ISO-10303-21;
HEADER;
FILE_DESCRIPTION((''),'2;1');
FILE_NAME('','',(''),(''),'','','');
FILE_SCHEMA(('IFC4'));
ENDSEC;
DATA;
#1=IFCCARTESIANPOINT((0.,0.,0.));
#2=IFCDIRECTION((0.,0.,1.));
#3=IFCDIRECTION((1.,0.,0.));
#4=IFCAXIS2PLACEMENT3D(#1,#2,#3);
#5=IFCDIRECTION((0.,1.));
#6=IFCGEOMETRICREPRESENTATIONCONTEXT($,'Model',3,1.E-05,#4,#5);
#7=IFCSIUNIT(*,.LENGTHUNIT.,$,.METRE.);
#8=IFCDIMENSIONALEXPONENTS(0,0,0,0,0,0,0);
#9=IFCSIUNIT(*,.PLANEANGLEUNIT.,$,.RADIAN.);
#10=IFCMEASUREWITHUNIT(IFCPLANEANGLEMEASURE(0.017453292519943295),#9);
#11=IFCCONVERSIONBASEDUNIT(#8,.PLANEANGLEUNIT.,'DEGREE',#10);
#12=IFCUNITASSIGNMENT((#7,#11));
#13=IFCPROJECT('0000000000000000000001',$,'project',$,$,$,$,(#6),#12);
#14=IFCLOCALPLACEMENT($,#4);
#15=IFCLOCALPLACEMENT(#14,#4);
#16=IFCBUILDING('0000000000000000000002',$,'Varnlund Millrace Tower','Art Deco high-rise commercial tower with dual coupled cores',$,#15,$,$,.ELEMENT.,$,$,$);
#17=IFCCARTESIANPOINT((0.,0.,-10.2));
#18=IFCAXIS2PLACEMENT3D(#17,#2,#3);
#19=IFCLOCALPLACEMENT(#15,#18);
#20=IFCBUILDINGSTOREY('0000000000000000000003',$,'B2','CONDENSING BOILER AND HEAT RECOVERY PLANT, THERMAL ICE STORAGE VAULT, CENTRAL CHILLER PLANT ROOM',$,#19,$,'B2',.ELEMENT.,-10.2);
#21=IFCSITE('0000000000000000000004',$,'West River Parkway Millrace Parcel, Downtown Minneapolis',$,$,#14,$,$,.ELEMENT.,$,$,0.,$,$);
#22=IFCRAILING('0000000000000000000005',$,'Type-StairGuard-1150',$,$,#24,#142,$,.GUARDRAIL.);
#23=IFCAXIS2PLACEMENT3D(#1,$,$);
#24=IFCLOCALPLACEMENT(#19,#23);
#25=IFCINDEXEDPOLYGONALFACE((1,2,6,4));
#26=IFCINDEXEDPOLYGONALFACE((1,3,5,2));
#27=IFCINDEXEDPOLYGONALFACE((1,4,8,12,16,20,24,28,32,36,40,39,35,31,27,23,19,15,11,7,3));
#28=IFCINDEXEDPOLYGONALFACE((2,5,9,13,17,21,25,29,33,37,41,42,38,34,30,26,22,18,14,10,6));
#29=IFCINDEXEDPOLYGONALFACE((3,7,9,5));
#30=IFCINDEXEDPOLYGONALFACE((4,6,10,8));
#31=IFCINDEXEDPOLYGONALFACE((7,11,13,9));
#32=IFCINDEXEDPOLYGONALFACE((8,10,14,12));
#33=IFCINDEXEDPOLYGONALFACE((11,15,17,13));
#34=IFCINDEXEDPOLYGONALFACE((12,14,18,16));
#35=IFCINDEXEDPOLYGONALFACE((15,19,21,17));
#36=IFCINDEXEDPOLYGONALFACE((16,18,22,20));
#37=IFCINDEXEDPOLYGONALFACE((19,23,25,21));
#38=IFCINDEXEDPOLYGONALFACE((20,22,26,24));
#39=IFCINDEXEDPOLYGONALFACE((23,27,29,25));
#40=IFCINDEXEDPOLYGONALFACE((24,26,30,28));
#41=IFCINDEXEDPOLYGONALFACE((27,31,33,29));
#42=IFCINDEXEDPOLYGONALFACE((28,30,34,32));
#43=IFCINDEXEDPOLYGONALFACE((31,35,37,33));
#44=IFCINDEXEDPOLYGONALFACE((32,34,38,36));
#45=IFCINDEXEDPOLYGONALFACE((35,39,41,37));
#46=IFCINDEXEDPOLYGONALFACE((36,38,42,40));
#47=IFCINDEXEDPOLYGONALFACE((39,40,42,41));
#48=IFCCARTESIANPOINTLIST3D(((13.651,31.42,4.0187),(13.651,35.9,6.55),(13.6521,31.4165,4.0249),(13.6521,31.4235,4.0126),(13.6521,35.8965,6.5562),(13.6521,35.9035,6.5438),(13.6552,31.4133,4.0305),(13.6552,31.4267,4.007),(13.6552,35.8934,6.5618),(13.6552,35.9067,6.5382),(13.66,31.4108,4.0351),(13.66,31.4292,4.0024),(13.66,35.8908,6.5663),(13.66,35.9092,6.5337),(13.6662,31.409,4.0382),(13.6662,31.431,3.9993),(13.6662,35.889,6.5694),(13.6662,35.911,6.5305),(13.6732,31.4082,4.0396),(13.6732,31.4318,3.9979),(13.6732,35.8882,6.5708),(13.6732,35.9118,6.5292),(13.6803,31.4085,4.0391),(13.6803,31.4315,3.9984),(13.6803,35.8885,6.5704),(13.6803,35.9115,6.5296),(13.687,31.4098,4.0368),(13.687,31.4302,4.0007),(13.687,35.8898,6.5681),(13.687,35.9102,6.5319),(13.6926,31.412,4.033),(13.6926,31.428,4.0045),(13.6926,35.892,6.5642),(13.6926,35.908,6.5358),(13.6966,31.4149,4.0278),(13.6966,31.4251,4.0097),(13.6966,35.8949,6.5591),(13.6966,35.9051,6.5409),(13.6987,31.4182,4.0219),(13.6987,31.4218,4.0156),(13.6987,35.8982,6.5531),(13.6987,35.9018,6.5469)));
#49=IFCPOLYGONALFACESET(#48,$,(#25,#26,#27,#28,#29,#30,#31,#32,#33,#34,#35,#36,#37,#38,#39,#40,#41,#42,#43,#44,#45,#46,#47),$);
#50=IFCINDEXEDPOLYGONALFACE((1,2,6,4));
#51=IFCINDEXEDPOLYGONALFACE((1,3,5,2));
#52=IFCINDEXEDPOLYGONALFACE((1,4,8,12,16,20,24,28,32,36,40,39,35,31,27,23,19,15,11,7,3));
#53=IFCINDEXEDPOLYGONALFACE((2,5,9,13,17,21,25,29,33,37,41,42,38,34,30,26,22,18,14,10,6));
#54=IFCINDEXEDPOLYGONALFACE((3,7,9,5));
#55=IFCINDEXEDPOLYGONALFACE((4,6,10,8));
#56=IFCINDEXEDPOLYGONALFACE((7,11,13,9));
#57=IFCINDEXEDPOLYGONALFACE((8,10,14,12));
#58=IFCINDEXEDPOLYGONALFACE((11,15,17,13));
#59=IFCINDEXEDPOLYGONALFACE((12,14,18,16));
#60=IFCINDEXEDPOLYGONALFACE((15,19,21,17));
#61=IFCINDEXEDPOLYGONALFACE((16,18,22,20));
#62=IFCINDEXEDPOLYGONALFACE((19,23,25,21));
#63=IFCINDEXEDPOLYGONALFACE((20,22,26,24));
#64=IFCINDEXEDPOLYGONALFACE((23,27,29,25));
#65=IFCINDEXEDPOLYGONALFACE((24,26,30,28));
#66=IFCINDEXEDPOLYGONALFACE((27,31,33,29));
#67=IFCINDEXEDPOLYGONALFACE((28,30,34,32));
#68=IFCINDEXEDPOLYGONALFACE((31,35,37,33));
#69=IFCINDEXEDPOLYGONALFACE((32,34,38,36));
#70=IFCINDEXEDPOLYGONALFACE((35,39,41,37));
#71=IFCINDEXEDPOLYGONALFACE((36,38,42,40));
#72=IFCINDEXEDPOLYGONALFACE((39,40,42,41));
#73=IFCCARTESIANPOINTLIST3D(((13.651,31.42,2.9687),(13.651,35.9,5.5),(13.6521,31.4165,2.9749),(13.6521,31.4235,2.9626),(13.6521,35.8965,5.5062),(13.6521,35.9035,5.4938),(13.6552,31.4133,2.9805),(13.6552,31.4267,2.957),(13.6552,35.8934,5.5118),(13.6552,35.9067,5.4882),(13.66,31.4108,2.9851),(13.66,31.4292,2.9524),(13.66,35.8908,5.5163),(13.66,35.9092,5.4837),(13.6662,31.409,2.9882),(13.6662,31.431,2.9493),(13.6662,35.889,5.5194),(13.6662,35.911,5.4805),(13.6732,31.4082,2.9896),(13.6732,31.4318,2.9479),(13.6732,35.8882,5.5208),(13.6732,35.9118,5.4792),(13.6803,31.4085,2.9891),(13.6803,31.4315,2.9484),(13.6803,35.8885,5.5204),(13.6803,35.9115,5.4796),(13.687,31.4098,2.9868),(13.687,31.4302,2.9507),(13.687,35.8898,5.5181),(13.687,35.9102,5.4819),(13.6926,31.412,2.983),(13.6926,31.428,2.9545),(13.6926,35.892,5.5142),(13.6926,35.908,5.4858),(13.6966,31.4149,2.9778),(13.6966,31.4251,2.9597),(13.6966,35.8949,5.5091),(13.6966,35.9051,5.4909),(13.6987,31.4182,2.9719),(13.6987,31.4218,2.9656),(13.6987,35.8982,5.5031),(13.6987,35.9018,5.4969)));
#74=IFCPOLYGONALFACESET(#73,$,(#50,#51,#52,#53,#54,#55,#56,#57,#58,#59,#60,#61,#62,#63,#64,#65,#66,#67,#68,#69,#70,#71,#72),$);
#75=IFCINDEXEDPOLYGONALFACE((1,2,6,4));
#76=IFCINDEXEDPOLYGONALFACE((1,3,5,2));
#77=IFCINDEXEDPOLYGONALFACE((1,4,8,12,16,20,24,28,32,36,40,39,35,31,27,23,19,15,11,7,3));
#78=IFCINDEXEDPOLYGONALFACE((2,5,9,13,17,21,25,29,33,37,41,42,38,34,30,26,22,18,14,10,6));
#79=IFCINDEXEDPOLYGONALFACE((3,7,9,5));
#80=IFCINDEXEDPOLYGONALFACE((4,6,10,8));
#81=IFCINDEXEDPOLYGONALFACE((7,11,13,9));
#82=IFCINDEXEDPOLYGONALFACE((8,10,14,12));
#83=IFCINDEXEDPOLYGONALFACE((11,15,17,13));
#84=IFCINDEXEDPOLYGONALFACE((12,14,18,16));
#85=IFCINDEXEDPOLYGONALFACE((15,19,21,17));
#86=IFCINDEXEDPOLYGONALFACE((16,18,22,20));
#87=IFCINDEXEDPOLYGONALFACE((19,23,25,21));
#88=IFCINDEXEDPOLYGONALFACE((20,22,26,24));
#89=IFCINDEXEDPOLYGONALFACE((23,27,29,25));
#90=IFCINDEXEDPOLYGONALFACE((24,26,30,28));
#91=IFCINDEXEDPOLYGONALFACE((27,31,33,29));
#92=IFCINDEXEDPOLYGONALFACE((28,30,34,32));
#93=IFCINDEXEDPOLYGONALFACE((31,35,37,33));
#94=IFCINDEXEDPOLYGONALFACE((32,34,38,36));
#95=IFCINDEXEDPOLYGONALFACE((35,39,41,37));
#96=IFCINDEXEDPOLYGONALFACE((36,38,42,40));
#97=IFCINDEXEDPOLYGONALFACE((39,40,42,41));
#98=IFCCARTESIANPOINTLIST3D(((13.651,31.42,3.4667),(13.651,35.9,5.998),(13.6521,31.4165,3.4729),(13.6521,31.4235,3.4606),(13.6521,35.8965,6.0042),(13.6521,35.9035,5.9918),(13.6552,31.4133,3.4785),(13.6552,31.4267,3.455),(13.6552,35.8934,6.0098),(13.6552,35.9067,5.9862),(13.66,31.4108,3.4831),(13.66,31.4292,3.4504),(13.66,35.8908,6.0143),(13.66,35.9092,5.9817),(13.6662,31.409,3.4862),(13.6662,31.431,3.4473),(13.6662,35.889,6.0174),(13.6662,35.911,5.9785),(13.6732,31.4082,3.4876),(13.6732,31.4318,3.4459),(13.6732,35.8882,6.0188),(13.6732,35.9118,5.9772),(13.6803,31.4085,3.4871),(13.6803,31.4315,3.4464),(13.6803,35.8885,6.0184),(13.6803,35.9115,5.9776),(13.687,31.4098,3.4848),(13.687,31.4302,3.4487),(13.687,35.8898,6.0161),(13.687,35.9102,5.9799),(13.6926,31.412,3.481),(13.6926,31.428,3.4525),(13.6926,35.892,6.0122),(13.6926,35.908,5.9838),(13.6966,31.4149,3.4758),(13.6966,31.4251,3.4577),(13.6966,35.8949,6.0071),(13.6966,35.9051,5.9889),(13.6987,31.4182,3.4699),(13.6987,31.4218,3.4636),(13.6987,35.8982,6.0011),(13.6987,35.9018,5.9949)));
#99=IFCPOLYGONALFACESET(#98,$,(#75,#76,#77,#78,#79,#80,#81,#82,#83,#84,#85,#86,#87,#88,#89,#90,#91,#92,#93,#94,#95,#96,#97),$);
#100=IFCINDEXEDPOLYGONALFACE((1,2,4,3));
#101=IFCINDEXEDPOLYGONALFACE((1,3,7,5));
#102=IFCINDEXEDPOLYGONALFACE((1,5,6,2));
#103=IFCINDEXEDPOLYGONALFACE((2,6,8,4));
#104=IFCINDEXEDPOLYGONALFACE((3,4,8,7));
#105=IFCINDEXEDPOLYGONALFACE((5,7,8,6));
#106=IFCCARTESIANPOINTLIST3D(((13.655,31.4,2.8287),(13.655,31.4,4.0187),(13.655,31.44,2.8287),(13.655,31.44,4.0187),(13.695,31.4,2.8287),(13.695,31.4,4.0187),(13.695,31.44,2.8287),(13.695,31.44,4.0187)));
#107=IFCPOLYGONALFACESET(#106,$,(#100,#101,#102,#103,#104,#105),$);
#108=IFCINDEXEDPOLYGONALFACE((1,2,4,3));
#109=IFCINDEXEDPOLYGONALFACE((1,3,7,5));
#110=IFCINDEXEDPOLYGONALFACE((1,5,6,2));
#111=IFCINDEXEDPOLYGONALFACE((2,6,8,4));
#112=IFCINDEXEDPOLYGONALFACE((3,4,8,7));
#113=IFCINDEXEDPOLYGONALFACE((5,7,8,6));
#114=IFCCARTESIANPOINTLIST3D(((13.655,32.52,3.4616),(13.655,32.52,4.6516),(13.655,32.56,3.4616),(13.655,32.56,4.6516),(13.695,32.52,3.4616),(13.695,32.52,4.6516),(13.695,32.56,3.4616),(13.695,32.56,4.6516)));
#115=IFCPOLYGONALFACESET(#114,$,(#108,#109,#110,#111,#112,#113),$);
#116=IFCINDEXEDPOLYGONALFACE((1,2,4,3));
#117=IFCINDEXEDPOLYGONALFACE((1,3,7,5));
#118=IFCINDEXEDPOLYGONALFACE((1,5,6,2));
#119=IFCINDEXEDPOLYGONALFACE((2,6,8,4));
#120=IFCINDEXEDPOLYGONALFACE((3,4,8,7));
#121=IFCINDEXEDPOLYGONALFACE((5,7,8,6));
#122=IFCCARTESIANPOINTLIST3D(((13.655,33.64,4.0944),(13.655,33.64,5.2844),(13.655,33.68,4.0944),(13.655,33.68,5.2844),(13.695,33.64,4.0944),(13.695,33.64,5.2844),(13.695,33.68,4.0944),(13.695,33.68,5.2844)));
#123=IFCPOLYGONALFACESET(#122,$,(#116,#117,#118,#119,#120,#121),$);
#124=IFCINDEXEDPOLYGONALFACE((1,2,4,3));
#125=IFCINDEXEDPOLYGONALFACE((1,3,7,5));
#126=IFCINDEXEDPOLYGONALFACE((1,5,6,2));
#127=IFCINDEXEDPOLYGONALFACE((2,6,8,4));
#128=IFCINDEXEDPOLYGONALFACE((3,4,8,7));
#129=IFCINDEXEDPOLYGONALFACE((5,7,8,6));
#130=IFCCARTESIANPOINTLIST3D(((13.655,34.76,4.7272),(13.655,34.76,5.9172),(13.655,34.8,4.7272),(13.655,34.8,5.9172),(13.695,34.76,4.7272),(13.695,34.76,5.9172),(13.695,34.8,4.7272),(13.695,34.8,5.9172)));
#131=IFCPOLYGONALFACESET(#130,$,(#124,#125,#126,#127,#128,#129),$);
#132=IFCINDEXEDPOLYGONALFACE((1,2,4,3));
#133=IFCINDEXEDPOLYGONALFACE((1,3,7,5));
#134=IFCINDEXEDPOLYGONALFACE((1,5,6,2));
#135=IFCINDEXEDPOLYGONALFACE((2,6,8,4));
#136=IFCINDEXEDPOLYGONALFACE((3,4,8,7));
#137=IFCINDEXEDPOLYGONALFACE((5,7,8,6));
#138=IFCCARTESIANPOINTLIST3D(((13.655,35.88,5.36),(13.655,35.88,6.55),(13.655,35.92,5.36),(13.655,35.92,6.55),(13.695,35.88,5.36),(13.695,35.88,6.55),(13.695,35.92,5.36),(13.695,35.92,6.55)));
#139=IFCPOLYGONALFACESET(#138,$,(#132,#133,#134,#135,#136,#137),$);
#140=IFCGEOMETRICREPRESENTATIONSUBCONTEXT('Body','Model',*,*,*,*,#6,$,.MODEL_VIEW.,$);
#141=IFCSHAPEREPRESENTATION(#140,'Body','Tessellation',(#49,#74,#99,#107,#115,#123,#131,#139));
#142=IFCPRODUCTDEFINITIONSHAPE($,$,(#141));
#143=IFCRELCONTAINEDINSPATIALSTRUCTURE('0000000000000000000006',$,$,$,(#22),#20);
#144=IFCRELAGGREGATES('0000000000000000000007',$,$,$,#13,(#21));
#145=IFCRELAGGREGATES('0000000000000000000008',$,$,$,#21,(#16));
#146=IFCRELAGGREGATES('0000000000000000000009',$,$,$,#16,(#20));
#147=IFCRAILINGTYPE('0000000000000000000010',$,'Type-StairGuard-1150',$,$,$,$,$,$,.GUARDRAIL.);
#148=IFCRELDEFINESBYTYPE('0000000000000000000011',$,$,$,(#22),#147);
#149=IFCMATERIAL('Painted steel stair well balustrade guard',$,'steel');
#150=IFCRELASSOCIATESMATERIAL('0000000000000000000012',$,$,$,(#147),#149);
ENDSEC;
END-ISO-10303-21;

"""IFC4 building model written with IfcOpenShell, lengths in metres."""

from ifc_helpers import new_model, entity, si_unit, converted_unit, direction, frame, origin_with_axes, origin_2d_with_axis, place, context, subcontext, project, spatial, rectangle, circle, extrude, material, type_object, element, save


model = new_model("IFC4")

# Units and contexts
model_context = context("Model", 3, precision=1e-05, world=origin_with_axes(), true_north=direction((0.0, 1.0)))
body_context = subcontext(model_context, "Body", "Model", "MODEL_VIEW")
ifc_project = project(units=[si_unit("LENGTHUNIT", "METRE"), converted_unit("PLANEANGLEUNIT", "DEGREE", entity("IfcPlaneAngleMeasure", 0.017453292519943295), si_unit("PLANEANGLEUNIT", "RADIAN"), dimensions=[0, 0, 0, 0, 0, 0, 0])], contexts=[model_context])

# Site, building, storey
site_placement = place(None, origin_with_axes())
site = spatial("IfcSite", under=ifc_project, at=site_placement, Name="West River Parkway Millrace Parcel, Downtown Minneapolis", CompositionType="ELEMENT", RefElevation=0.0)
building_placement = place(site_placement, origin_with_axes())
building = spatial("IfcBuilding", under=site, at=building_placement, Name="Varnlund Millrace Tower", Description="Art Deco high-rise commercial tower with dual coupled cores", CompositionType="ELEMENT")
storey_placement = place(building_placement, frame((0.0, 0.0, -10.2), z_axis=(0.0, 0.0, 1.0), x_axis=(1.0, 0.0, 0.0)))
storey = spatial("IfcBuildingStorey", under=building, at=storey_placement, Name="B2", Description="CONDENSING BOILER AND HEAT RECOVERY PLANT, THERMAL ICE STORAGE VAULT, CENTRAL CHILLER PLANT ROOM", LongName="B2", CompositionType="ELEMENT", Elevation=-10.2)

# Railing
ifc_material_1 = material(Name="Painted steel stair well balustrade guard", Category="steel")
railing_type_1 = type_object("IfcRailingType", Name="Type-StairGuard-1150", PredefinedType="GUARDRAIL", material=ifc_material_1)
railing_1_placement = place(storey_placement, frame((0.0, 0.0, 10.2), z_axis=(0.0, 0.0, 1.0), x_axis=(1.0, 0.0, 0.0)))
element("IfcRailing", 1, at=railing_1_placement, inside=storey, type_object=railing_type_1, Name="Type-StairGuard-1150", PredefinedType="GUARDRAIL", context=body_context, shape_type="SweptSolid", body=[
    extrude(circle(Radius=0.024, at=origin_2d_with_axis()), frame((13.675, 31.42, -6.1813), z_axis=(0.0, 0.87064, 0.491921), x_axis=(-1.0, 0.0, 0.0)), (0.0, 0.0, 1.0), 5.1456),
    extrude(circle(Radius=0.024, at=origin_2d_with_axis()), frame((13.675, 31.42, -7.2313), z_axis=(0.0, 0.87064, 0.491921), x_axis=(-1.0, 0.0, 0.0)), (0.0, 0.0, 1.0), 5.1456),
    extrude(circle(Radius=0.024, at=origin_2d_with_axis()), frame((13.675, 31.42, -6.7332), z_axis=(0.0, 0.87064, 0.491921), x_axis=(-1.0, 0.0, 0.0)), (0.0, 0.0, 1.0), 5.1456),
    extrude(rectangle(XDim=0.04, YDim=0.04, at=origin_2d_with_axis()), frame((13.675, 31.42, -7.3712), z_axis=(0.0, 0.0, 1.0), x_axis=(1.0, 0.0, 0.0)), (0.0, 0.0, 1.0), 1.19),
    extrude(rectangle(XDim=0.04, YDim=0.04, at=origin_2d_with_axis()), frame((13.675, 32.54, -6.7384), z_axis=(0.0, 0.0, 1.0), x_axis=(1.0, 0.0, 0.0)), (0.0, 0.0, 1.0), 1.19),
    extrude(rectangle(XDim=0.04, YDim=0.04, at=origin_2d_with_axis()), frame((13.675, 33.66, -6.1056), z_axis=(0.0, 0.0, 1.0), x_axis=(1.0, 0.0, 0.0)), (0.0, 0.0, 1.0), 1.19),
    extrude(rectangle(XDim=0.04, YDim=0.04, at=origin_2d_with_axis()), frame((13.675, 34.78, -5.4728), z_axis=(0.0, 0.0, 1.0), x_axis=(1.0, 0.0, 0.0)), (0.0, 0.0, 1.0), 1.19),
    extrude(rectangle(XDim=0.04, YDim=0.04, at=origin_2d_with_axis()), frame((13.675, 35.9, -4.84), z_axis=(0.0, 0.0, 1.0), x_axis=(1.0, 0.0, 0.0)), (0.0, 0.0, 1.0), 1.19),
])

save(model, "model.ifc")
